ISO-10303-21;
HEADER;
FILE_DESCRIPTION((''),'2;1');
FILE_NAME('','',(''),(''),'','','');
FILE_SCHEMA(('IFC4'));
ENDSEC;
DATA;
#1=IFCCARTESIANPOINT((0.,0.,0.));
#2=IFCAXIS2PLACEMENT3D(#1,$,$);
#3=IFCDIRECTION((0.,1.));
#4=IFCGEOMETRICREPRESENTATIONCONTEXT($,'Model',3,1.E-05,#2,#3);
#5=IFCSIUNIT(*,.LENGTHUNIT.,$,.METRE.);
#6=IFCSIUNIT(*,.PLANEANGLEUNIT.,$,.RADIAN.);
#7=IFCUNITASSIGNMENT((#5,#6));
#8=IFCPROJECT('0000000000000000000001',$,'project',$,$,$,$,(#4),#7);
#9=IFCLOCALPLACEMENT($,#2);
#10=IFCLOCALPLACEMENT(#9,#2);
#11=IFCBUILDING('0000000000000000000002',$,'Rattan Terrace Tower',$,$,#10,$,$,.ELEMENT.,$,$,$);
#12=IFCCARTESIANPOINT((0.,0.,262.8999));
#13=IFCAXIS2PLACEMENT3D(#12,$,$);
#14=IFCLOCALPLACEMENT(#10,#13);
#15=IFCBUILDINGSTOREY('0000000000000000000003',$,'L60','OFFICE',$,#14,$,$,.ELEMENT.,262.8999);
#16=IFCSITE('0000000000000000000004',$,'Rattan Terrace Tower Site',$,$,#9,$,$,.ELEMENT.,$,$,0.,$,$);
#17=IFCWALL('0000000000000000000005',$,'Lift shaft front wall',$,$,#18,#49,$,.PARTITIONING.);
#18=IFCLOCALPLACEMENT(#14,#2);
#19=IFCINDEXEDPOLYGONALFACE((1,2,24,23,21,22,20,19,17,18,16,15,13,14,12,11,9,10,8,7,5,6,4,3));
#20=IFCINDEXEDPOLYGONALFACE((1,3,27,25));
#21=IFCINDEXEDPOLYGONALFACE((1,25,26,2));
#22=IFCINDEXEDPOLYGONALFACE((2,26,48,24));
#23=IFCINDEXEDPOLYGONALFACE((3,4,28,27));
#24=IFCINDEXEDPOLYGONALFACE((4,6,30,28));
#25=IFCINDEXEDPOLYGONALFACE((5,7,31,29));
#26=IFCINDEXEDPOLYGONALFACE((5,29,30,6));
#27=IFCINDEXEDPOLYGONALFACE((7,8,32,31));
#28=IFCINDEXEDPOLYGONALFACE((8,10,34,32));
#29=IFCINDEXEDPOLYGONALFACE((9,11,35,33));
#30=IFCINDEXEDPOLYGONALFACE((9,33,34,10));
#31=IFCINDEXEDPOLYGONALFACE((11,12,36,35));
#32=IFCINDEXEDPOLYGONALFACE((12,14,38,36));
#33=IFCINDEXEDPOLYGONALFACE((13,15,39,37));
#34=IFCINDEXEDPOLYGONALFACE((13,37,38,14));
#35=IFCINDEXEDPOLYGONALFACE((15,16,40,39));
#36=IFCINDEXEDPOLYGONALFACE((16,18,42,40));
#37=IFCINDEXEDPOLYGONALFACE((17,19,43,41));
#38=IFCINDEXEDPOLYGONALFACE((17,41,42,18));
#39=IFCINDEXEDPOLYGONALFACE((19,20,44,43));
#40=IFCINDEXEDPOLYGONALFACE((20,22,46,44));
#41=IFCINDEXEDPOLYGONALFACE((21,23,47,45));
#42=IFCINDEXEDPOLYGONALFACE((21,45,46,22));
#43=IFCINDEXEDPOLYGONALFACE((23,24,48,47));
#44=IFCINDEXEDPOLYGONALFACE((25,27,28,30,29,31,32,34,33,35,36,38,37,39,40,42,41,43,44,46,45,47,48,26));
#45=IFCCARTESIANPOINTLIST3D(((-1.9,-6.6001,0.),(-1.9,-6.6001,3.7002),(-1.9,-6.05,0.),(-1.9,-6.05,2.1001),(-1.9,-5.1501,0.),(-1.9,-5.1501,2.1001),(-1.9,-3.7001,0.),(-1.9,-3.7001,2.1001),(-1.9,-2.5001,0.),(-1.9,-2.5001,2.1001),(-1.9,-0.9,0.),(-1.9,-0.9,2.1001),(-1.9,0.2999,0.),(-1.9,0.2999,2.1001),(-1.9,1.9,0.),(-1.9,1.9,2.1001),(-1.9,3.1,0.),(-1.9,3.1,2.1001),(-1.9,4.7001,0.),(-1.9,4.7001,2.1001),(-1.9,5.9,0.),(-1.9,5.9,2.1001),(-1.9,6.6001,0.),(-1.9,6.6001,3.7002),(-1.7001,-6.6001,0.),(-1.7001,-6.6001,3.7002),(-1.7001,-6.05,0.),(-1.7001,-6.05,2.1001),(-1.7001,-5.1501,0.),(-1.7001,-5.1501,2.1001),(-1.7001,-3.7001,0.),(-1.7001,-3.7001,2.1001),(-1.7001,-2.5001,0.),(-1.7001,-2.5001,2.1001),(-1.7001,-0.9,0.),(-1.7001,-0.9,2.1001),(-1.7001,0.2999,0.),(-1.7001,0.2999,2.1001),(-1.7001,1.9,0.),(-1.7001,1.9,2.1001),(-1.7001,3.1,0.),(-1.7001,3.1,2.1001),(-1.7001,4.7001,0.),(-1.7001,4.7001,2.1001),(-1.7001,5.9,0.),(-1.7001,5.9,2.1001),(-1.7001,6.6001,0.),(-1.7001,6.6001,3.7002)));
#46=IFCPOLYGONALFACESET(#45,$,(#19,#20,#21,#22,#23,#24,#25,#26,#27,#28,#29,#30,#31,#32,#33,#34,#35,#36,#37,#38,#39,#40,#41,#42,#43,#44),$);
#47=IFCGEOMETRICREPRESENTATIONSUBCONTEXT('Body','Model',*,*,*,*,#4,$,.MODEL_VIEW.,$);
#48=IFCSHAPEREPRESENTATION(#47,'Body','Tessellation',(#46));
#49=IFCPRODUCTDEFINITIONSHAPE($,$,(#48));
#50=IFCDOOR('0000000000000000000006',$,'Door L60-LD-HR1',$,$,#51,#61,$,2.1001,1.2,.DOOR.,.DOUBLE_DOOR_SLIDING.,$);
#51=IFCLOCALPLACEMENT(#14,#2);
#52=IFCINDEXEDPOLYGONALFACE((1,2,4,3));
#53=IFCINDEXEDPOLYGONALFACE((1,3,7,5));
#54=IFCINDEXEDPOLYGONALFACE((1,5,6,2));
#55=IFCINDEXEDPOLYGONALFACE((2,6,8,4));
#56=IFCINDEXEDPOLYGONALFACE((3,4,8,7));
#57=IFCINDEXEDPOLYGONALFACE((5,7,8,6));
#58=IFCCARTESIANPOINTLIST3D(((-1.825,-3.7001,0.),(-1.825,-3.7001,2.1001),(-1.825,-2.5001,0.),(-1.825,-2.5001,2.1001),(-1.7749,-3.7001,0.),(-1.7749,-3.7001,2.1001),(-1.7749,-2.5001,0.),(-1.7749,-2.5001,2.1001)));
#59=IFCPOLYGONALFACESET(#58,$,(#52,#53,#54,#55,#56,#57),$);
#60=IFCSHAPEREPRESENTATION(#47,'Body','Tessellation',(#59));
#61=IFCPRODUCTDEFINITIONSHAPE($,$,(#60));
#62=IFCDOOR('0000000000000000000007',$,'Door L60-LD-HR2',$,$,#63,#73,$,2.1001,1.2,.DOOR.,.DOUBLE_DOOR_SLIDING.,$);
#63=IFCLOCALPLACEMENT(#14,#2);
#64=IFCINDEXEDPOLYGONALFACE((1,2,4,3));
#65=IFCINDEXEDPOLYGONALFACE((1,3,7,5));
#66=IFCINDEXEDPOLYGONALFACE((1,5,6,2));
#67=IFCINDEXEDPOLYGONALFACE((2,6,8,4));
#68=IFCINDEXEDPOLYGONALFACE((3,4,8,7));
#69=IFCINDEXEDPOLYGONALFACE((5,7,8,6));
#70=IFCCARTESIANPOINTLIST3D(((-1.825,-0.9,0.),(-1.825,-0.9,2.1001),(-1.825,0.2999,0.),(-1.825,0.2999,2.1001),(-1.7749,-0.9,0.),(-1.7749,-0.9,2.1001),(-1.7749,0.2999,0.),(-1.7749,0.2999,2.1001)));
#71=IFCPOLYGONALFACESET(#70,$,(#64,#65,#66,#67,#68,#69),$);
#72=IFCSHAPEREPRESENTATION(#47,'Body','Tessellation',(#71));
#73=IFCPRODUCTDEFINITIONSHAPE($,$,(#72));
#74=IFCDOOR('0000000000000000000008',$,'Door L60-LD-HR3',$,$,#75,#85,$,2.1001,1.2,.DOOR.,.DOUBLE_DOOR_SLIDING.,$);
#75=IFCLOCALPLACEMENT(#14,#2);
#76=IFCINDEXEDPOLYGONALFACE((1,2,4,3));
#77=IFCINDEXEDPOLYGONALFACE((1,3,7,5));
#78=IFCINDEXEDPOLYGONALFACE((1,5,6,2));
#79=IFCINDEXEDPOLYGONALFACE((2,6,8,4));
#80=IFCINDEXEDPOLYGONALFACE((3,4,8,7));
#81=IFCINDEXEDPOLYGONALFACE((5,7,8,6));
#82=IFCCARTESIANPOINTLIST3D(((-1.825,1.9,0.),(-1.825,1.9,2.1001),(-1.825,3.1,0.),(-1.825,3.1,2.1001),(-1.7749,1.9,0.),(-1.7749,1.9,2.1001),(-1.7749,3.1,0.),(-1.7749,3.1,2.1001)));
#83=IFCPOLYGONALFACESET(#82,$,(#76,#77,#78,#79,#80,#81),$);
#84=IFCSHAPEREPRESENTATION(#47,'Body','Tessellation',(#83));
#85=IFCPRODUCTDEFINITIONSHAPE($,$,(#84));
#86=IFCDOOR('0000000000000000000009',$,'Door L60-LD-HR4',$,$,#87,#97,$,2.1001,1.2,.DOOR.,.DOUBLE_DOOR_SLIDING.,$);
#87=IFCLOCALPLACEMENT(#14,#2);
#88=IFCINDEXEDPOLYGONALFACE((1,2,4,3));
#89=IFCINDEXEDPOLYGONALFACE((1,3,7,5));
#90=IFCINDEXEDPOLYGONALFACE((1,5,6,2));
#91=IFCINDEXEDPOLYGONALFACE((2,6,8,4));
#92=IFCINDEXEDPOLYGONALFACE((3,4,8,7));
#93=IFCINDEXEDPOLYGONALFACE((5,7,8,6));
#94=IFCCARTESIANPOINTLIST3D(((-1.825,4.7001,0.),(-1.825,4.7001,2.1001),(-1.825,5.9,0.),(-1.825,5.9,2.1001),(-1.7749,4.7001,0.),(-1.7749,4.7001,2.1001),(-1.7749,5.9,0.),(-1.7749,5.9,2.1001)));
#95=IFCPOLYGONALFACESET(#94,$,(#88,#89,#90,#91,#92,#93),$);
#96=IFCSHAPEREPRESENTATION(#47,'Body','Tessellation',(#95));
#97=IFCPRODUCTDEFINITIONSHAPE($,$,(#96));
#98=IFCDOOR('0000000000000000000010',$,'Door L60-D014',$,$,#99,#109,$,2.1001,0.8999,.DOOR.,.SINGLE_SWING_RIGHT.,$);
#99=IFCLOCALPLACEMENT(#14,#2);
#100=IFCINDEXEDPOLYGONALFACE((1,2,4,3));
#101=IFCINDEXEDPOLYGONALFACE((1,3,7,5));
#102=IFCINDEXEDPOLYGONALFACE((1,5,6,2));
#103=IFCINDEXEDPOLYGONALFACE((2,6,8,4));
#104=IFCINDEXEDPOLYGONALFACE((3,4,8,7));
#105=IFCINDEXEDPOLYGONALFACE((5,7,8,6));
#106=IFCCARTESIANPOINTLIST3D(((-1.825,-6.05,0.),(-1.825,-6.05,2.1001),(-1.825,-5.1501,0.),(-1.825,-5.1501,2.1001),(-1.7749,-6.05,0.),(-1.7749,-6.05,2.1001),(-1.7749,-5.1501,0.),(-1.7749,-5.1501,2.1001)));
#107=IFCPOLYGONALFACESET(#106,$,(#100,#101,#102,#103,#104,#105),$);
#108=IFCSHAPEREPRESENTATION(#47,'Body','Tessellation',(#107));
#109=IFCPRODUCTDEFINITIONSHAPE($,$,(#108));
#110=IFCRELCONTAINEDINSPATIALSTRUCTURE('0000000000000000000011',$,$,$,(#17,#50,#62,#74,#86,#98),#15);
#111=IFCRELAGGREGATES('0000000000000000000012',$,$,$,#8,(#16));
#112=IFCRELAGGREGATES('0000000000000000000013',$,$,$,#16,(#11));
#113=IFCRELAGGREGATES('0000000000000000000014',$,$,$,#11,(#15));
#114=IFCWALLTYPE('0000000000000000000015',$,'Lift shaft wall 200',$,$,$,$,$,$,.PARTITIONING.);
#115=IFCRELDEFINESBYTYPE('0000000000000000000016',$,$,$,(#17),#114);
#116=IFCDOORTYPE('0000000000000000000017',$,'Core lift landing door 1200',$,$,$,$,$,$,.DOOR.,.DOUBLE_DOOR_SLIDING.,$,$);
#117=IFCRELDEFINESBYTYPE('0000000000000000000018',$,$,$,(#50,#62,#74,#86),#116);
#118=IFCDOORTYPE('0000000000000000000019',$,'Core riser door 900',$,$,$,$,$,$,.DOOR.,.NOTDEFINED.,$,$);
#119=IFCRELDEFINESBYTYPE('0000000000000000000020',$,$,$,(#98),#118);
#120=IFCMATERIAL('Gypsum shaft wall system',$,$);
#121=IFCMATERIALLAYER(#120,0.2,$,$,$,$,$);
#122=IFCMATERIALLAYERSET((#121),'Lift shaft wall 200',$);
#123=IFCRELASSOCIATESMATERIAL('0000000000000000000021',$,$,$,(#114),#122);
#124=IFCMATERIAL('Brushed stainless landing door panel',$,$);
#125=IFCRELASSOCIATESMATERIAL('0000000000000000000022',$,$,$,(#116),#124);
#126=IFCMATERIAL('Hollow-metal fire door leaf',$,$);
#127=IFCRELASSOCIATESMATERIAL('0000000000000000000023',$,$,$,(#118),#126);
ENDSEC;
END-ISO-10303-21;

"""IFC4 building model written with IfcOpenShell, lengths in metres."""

from ifc_helpers import new_model, si_unit, direction, frame, frame_2d, origin, place, context, subcontext, project, spatial, rectangle, extrude, material, layer, layer_set, type_object, element, fill, save


model = new_model("IFC4")

# Units and contexts
model_context = context("Model", 3, precision=1e-05, world=origin(), true_north=direction((0.0, 1.0)))
body_context = subcontext(model_context, "Body", "Model", "MODEL_VIEW")
ifc_project = project(units=[si_unit("LENGTHUNIT", "METRE"), si_unit("PLANEANGLEUNIT", "RADIAN")], contexts=[model_context])

# Site, building, storey
site_placement = place(None, origin())
site = spatial("IfcSite", under=ifc_project, at=site_placement, Name="Rattan Terrace Tower Site", CompositionType="ELEMENT", RefElevation=0.0)
building_placement = place(site_placement, origin())
building = spatial("IfcBuilding", under=site, at=building_placement, Name="Rattan Terrace Tower", CompositionType="ELEMENT")
storey_placement = place(building_placement, frame((0.0, 0.0, 262.8999)))
storey = spatial("IfcBuildingStorey", under=building, at=storey_placement, Name="L60", Description="OFFICE", CompositionType="ELEMENT", Elevation=262.8999)

# Wall, openings, doors
ifc_material_1 = material(Name="Gypsum shaft wall system")
ifc_layer_1 = layer(ifc_material_1, 0.2)
ifc_layer_set_1 = layer_set([ifc_layer_1], Name="Lift shaft wall 200")
wall_type_1 = type_object("IfcWallType", Name="Lift shaft wall 200", PredefinedType="PARTITIONING", material=ifc_layer_set_1)
wall_1_placement = place(storey_placement, frame((-1.8, -6.6001, 0.0), z_axis=(0.0, 0.0, 1.0), x_axis=(0.0, 1.0, 0.0)))
wall_1 = element("IfcWall", 1, at=wall_1_placement, inside=storey, type_object=wall_type_1, Name="Lift shaft front wall", PredefinedType="PARTITIONING", context=body_context, shape_type="SweptSolid", body=[
    extrude(rectangle(XDim=13.2002, YDim=0.2, at=frame_2d((6.6001, 0.0))), origin(), (0.0, 0.0, 1.0), 3.7002),
])
opening_1_placement = place(wall_1_placement, frame((0.55, 0.0, 0.0)))
opening_1 = element("IfcOpeningElement", 2, at=opening_1_placement, cuts=wall_1, PredefinedType="OPENING", context=body_context, shape_type="SweptSolid", body=[
    extrude(rectangle(XDim=0.8999, YDim=2.1001, at=frame_2d((0.45, 1.05))), frame((0.0, 0.1106, 0.0), z_axis=(0.0, -1.0, 0.0), x_axis=(1.0, 0.0, 0.0)), (0.0, 0.0, 1.0), 0.2209),
])
opening_2_placement = place(wall_1_placement, frame((2.8999, 0.0, 0.0)))
opening_2 = element("IfcOpeningElement", 3, at=opening_2_placement, cuts=wall_1, PredefinedType="OPENING", context=body_context, shape_type="SweptSolid", body=[
    extrude(rectangle(XDim=1.2, YDim=2.1001, at=frame_2d((0.6001, 1.05))), frame((0.0, 0.1106, 0.0), z_axis=(0.0, -1.0, 0.0), x_axis=(1.0, 0.0, 0.0)), (0.0, 0.0, 1.0), 0.2209),
])
opening_3_placement = place(wall_1_placement, frame((5.7, 0.0, 0.0)))
opening_3 = element("IfcOpeningElement", 4, at=opening_3_placement, cuts=wall_1, PredefinedType="OPENING", context=body_context, shape_type="SweptSolid", body=[
    extrude(rectangle(XDim=1.2, YDim=2.1001, at=frame_2d((0.6001, 1.05))), frame((0.0, 0.1106, 0.0), z_axis=(0.0, -1.0, 0.0), x_axis=(1.0, 0.0, 0.0)), (0.0, 0.0, 1.0), 0.2209),
])
opening_4_placement = place(wall_1_placement, frame((8.5, 0.0, 0.0)))
opening_4 = element("IfcOpeningElement", 5, at=opening_4_placement, cuts=wall_1, PredefinedType="OPENING", context=body_context, shape_type="SweptSolid", body=[
    extrude(rectangle(XDim=1.2, YDim=2.1001, at=frame_2d((0.6001, 1.05))), frame((0.0, 0.1106, 0.0), z_axis=(0.0, -1.0, 0.0), x_axis=(1.0, 0.0, 0.0)), (0.0, 0.0, 1.0), 0.2209),
])
opening_5_placement = place(wall_1_placement, frame((11.3, 0.0, 0.0)))
opening_5 = element("IfcOpeningElement", 6, at=opening_5_placement, cuts=wall_1, PredefinedType="OPENING", context=body_context, shape_type="SweptSolid", body=[
    extrude(rectangle(XDim=1.2, YDim=2.1001, at=frame_2d((0.6001, 1.05))), frame((0.0, 0.1106, 0.0), z_axis=(0.0, -1.0, 0.0), x_axis=(1.0, 0.0, 0.0)), (0.0, 0.0, 1.0), 0.2209),
])
ifc_material_2 = material(Name="Brushed stainless landing door panel")
door_type_1 = type_object("IfcDoorType", Name="Core lift landing door 1200", OperationType="DOUBLE_DOOR_SLIDING", PredefinedType="DOOR", material=ifc_material_2)
door_1_placement = place(opening_2_placement, origin())
door_1 = element("IfcDoor", 7, at=door_1_placement, inside=storey, type_object=door_type_1, Name="Door L60-LD-HR1", OperationType="DOUBLE_DOOR_SLIDING", OverallHeight=2.1001, OverallWidth=1.2, PredefinedType="DOOR", context=body_context, shape_type="SweptSolid", body=[
    extrude(rectangle(XDim=1.2, YDim=2.1001, at=frame_2d((0.6001, 1.05))), frame((0.0, 0.0249, 0.0), z_axis=(0.0, -1.0, 0.0), x_axis=(1.0, 0.0, 0.0)), (0.0, 0.0, 1.0), 0.05),
])
fill(opening_2, door_1)
door_2_placement = place(opening_3_placement, origin())
door_2 = element("IfcDoor", 8, at=door_2_placement, inside=storey, type_object=door_type_1, Name="Door L60-LD-HR2", OperationType="DOUBLE_DOOR_SLIDING", OverallHeight=2.1001, OverallWidth=1.2, PredefinedType="DOOR", context=body_context, shape_type="SweptSolid", body=[
    extrude(rectangle(XDim=1.2, YDim=2.1001, at=frame_2d((0.6001, 1.05))), frame((0.0, 0.0249, 0.0), z_axis=(0.0, -1.0, 0.0), x_axis=(1.0, 0.0, 0.0)), (0.0, 0.0, 1.0), 0.05),
])
fill(opening_3, door_2)
door_3_placement = place(opening_4_placement, origin())
door_3 = element("IfcDoor", 9, at=door_3_placement, inside=storey, type_object=door_type_1, Name="Door L60-LD-HR3", OperationType="DOUBLE_DOOR_SLIDING", OverallHeight=2.1001, OverallWidth=1.2, PredefinedType="DOOR", context=body_context, shape_type="SweptSolid", body=[
    extrude(rectangle(XDim=1.2, YDim=2.1001, at=frame_2d((0.6001, 1.05))), frame((0.0, 0.0249, 0.0), z_axis=(0.0, -1.0, 0.0), x_axis=(1.0, 0.0, 0.0)), (0.0, 0.0, 1.0), 0.05),
])
fill(opening_4, door_3)
door_4_placement = place(opening_5_placement, origin())
door_4 = element("IfcDoor", 10, at=door_4_placement, inside=storey, type_object=door_type_1, Name="Door L60-LD-HR4", OperationType="DOUBLE_DOOR_SLIDING", OverallHeight=2.1001, OverallWidth=1.2, PredefinedType="DOOR", context=body_context, shape_type="SweptSolid", body=[
    extrude(rectangle(XDim=1.2, YDim=2.1001, at=frame_2d((0.6001, 1.05))), frame((0.0, 0.0249, 0.0), z_axis=(0.0, -1.0, 0.0), x_axis=(1.0, 0.0, 0.0)), (0.0, 0.0, 1.0), 0.05),
])
fill(opening_5, door_4)
ifc_material_3 = material(Name="Hollow-metal fire door leaf")
door_type_2 = type_object("IfcDoorType", Name="Core riser door 900", OperationType="NOTDEFINED", PredefinedType="DOOR", material=ifc_material_3)
door_5_placement = place(opening_1_placement, origin())
door_5 = element("IfcDoor", 11, at=door_5_placement, inside=storey, type_object=door_type_2, Name="Door L60-D014", OperationType="SINGLE_SWING_RIGHT", OverallHeight=2.1001, OverallWidth=0.8999, PredefinedType="DOOR", context=body_context, shape_type="SweptSolid", body=[
    extrude(rectangle(XDim=0.8999, YDim=2.1001, at=frame_2d((0.45, 1.05))), frame((0.0, 0.0249, 0.0), z_axis=(0.0, -1.0, 0.0), x_axis=(1.0, 0.0, 0.0)), (0.0, 0.0, 1.0), 0.05),
])
fill(opening_1, door_5)

save(model, "model.ifc")
